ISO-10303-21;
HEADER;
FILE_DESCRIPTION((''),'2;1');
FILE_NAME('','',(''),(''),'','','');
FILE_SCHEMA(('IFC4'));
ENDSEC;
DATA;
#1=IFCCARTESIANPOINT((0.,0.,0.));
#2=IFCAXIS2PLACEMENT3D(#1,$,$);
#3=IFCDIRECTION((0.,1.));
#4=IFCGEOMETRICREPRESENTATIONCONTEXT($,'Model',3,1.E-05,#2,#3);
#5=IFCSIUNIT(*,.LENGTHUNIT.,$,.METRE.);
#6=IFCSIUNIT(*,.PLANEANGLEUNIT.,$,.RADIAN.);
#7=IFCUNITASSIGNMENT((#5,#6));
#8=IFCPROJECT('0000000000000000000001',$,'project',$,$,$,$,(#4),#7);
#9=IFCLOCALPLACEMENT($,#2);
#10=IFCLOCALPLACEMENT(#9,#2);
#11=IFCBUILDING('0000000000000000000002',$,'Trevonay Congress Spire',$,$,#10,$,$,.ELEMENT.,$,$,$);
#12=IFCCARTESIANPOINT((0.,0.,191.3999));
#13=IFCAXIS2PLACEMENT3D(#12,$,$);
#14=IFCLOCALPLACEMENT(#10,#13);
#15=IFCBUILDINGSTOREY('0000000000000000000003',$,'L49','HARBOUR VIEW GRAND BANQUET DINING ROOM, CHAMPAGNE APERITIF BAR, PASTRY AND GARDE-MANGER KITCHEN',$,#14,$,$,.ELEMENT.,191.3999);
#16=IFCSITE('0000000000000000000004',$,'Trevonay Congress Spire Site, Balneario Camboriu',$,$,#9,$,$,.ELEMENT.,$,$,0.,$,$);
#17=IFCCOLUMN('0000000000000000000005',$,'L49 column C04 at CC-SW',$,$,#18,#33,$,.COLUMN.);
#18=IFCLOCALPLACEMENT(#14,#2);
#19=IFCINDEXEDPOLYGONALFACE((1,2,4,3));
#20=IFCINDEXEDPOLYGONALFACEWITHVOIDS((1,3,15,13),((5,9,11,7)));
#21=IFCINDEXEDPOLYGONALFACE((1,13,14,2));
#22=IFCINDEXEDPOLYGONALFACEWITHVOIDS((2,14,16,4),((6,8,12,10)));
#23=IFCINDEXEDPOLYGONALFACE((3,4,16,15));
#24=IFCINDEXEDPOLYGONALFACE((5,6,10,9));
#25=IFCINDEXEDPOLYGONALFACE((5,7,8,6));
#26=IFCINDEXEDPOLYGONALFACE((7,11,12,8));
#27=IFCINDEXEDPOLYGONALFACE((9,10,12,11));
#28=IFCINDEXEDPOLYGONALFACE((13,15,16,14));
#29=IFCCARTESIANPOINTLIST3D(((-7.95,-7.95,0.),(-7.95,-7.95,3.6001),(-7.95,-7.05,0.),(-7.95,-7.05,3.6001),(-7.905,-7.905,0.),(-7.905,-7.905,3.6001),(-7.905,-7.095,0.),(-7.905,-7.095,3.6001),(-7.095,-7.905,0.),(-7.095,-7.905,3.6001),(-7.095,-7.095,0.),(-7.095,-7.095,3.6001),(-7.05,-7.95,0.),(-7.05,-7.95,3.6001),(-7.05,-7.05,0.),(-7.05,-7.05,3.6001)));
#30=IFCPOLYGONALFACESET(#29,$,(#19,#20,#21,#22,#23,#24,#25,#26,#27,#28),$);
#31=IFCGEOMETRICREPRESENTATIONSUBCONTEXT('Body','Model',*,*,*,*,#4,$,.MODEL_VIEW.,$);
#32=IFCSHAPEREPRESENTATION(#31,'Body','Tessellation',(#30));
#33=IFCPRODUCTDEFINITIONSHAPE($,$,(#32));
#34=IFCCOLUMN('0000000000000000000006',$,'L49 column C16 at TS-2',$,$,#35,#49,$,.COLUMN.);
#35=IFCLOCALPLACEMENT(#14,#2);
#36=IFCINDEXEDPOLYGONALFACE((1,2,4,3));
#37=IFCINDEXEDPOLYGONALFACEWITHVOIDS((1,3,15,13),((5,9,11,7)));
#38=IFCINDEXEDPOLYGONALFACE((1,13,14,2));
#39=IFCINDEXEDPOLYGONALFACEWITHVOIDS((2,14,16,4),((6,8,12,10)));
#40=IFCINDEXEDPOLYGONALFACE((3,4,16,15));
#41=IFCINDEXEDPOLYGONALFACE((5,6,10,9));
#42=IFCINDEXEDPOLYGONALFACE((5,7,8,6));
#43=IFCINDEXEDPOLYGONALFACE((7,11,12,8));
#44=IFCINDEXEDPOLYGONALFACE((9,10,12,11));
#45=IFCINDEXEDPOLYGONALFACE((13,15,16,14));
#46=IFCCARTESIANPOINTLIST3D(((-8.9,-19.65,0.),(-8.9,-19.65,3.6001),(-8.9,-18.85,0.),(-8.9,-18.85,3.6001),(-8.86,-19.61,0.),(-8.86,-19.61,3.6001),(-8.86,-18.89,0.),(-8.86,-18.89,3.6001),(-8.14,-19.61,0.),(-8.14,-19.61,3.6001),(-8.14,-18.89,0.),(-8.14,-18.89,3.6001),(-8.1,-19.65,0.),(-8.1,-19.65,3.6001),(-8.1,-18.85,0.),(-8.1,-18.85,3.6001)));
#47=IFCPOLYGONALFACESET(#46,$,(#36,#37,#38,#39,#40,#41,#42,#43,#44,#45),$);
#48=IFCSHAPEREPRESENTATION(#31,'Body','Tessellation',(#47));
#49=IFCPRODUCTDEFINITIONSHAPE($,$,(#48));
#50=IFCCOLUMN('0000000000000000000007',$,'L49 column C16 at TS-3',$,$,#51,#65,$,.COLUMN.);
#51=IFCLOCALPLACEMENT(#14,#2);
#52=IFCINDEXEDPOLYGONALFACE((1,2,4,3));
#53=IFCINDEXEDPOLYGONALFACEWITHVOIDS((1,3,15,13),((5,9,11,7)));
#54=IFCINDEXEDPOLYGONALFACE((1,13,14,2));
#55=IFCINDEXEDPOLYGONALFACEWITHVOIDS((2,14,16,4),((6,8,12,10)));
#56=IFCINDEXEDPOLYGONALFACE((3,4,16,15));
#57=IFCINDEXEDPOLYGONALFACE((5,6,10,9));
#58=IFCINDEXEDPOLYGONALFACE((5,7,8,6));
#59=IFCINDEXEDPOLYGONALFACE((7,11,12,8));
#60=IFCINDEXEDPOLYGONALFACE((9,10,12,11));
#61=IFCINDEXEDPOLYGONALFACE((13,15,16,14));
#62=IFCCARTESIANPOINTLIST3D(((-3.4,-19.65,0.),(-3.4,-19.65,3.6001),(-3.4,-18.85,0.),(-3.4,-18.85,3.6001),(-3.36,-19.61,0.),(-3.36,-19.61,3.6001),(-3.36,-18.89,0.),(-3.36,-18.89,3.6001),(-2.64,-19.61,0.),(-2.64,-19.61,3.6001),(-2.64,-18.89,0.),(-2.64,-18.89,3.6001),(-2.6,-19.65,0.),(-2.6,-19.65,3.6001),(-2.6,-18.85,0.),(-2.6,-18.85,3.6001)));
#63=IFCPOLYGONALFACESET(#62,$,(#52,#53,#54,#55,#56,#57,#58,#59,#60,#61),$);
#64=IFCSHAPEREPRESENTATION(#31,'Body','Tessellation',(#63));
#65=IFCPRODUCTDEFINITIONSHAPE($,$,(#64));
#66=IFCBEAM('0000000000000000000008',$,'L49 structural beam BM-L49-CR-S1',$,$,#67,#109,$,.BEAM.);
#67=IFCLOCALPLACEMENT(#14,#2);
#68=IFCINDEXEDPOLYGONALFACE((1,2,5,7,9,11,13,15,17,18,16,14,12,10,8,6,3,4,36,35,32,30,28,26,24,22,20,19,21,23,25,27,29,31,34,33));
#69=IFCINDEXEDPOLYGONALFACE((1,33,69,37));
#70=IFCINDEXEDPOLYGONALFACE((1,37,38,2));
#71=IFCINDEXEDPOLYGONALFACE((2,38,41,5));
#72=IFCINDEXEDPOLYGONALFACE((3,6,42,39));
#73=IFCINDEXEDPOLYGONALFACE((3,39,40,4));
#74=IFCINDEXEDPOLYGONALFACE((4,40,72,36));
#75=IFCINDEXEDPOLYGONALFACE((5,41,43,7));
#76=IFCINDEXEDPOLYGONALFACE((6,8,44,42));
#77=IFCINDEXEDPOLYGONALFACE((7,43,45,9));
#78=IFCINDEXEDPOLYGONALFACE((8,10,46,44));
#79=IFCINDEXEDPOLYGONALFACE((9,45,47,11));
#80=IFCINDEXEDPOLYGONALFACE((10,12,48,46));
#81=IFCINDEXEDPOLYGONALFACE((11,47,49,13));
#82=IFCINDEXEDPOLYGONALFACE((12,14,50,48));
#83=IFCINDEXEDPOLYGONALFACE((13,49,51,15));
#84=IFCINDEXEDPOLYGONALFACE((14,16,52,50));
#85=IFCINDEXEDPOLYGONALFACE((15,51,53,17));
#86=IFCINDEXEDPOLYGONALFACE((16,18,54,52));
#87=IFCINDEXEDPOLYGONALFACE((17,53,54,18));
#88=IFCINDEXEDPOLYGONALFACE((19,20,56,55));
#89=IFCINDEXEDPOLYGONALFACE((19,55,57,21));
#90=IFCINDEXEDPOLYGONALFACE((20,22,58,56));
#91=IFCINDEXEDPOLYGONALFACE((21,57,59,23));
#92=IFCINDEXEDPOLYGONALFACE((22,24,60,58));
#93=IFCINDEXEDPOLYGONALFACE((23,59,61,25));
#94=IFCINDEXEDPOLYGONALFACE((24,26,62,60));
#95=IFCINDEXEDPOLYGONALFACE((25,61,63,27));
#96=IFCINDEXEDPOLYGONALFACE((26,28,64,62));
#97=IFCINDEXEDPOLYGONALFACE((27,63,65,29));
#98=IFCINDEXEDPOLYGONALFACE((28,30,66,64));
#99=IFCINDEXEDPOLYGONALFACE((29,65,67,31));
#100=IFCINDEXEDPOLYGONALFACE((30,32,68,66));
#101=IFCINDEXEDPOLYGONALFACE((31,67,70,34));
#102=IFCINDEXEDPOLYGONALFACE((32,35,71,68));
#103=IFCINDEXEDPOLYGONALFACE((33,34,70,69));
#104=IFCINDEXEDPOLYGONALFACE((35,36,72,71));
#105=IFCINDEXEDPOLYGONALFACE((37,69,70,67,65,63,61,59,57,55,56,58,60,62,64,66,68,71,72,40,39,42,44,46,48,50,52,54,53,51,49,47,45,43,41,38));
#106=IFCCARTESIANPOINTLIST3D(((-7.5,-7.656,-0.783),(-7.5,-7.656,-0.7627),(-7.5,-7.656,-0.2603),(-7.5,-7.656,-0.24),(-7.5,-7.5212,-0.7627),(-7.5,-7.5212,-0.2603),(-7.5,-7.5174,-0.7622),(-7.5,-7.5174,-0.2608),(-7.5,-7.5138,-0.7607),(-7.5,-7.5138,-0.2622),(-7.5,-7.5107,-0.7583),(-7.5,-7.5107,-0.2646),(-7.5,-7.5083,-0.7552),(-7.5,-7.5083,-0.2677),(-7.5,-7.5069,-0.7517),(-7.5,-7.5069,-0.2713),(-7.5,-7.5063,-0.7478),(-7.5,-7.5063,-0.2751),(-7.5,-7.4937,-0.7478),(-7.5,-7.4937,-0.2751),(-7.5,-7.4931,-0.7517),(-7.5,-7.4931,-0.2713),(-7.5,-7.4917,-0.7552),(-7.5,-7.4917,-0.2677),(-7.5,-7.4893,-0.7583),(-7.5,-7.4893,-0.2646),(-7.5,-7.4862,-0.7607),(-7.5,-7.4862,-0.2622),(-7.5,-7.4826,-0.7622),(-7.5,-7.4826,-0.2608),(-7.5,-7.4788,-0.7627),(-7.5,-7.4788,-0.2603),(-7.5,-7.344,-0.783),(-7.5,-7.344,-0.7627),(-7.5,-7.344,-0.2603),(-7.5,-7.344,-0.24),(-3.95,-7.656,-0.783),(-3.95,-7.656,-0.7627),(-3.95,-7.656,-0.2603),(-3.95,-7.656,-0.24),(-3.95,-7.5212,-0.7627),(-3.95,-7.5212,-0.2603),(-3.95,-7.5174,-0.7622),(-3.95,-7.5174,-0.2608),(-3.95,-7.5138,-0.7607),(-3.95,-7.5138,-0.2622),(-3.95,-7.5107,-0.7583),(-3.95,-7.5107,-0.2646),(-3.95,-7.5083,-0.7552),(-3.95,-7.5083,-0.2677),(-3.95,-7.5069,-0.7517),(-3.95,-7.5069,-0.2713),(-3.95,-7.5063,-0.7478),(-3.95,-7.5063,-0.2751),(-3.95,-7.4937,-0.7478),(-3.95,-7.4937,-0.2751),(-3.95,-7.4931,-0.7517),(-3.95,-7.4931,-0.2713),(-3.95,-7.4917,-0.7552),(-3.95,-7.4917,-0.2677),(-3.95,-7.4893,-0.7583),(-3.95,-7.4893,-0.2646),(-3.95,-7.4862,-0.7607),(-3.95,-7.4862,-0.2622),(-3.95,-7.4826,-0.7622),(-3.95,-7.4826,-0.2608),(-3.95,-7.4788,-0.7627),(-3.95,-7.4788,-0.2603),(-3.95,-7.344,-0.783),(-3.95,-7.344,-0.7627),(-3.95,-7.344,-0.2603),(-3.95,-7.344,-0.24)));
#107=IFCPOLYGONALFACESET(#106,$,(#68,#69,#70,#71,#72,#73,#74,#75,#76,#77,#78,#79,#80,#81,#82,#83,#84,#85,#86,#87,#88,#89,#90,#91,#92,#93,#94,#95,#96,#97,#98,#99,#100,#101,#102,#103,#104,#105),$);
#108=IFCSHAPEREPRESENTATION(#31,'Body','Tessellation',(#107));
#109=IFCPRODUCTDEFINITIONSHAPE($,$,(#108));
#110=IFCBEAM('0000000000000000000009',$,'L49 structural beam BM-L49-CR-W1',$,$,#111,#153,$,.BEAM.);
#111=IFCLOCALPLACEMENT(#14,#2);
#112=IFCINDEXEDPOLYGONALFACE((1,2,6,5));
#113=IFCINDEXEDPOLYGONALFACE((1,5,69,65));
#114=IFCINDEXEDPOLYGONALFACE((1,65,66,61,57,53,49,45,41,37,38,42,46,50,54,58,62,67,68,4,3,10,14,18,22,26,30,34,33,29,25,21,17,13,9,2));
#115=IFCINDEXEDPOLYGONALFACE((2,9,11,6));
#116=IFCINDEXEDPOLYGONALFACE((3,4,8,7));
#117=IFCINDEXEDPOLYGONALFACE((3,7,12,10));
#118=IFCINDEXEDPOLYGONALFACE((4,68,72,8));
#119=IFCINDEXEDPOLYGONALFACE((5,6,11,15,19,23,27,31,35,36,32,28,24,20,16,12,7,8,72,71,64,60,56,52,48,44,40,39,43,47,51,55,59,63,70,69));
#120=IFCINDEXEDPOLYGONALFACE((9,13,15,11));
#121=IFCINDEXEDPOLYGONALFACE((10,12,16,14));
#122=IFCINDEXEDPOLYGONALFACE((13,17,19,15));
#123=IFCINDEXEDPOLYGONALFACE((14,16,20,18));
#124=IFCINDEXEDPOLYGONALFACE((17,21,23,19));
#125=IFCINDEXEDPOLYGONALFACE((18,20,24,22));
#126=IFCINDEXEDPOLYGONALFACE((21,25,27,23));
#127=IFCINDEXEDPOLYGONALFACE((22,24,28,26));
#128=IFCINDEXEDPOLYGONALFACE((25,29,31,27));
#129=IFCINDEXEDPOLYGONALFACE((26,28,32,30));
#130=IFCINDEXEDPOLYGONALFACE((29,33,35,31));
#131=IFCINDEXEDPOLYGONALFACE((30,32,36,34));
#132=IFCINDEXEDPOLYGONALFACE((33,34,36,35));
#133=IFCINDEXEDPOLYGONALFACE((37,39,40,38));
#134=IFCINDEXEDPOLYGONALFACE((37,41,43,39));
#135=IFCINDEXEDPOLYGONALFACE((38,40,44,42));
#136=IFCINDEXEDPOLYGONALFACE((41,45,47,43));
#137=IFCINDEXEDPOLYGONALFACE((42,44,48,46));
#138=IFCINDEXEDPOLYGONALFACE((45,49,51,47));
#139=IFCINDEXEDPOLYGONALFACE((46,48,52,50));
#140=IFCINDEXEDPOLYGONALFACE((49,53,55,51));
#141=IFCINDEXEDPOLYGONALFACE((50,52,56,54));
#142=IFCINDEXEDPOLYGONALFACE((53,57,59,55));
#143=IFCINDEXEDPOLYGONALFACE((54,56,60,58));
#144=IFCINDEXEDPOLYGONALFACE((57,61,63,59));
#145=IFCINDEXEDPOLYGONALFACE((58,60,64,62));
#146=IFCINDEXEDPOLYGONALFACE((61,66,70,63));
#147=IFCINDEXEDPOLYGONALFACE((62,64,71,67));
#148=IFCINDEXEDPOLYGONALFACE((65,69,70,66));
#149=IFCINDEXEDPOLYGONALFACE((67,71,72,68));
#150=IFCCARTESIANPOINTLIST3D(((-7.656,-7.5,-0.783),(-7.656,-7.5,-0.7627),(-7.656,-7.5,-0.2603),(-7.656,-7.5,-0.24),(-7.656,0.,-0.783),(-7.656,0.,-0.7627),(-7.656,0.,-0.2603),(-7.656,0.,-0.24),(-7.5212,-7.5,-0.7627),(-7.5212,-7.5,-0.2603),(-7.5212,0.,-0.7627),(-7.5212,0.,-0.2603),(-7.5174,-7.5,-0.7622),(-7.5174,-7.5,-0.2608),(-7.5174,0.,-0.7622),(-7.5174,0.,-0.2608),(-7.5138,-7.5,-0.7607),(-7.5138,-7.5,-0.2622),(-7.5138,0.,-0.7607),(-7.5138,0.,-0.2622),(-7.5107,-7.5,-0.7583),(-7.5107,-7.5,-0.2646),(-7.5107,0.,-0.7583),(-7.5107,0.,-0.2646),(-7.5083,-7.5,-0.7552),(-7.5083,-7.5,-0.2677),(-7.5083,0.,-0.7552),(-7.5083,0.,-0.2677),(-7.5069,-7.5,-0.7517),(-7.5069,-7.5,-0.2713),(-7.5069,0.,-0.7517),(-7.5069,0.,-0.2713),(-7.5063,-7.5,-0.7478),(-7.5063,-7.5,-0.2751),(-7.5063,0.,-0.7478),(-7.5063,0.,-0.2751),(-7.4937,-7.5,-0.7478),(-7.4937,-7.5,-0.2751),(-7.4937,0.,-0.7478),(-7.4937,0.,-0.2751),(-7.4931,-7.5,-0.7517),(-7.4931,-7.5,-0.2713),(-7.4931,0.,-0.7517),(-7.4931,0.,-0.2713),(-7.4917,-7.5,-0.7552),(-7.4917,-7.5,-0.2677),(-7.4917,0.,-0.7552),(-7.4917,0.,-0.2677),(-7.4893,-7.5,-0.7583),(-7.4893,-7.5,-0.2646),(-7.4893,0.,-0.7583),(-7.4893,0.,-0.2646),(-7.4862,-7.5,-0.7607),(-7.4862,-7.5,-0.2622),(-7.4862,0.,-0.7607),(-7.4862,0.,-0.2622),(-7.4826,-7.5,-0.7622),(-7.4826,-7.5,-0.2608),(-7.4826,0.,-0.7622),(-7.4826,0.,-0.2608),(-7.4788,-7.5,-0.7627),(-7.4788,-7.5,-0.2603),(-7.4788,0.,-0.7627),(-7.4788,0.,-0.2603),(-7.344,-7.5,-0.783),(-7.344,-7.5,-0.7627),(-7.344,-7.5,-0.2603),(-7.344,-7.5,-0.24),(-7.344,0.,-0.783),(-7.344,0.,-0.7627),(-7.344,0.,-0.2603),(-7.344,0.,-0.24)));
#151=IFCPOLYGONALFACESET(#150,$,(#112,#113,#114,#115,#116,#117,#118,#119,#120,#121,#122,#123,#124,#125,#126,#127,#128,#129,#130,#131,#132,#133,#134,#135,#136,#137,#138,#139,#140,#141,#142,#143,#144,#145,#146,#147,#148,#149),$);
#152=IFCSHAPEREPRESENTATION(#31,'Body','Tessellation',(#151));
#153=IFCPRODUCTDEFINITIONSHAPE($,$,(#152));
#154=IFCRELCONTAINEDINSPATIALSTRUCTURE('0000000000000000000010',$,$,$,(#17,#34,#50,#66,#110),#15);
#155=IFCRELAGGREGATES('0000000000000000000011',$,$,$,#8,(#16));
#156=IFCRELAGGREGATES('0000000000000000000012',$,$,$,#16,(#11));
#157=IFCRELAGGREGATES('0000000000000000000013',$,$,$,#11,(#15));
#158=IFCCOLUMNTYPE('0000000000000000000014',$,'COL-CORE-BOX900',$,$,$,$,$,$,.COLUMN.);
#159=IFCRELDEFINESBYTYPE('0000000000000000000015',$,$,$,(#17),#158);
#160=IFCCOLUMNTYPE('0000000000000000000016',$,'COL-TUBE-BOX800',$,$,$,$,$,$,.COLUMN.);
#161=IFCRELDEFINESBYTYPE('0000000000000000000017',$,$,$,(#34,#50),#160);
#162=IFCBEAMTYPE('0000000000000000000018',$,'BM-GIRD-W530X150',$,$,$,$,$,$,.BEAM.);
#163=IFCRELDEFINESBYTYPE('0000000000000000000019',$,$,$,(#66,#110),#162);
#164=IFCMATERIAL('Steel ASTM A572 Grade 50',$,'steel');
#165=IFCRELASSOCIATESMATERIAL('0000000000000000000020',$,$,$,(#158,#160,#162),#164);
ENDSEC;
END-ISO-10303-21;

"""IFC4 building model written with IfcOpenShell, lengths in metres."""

from ifc_helpers import new_model, si_unit, direction, frame, origin, origin_2d, place, context, subcontext, project, spatial, hollow_rectangle, i_section, extrude, material, material_profile, profile_set, type_object, element, save


model = new_model("IFC4")

# Units and contexts
model_context = context("Model", 3, precision=1e-05, world=origin(), true_north=direction((0.0, 1.0)))
body_context = subcontext(model_context, "Body", "Model", "MODEL_VIEW")
ifc_project = project(units=[si_unit("LENGTHUNIT", "METRE"), si_unit("PLANEANGLEUNIT", "RADIAN")], contexts=[model_context])

# Site, building, storey
site_placement = place(None, origin())
site = spatial("IfcSite", under=ifc_project, at=site_placement, Name="Trevonay Congress Spire Site, Balneario Camboriu", CompositionType="ELEMENT", RefElevation=0.0)
building_placement = place(site_placement, origin())
building = spatial("IfcBuilding", under=site, at=building_placement, Name="Trevonay Congress Spire", CompositionType="ELEMENT")
storey_placement = place(building_placement, frame((0.0, 0.0, 191.3999)))
storey = spatial("IfcBuildingStorey", under=building, at=storey_placement, Name="L49", Description="HARBOUR VIEW GRAND BANQUET DINING ROOM, CHAMPAGNE APERITIF BAR, PASTRY AND GARDE-MANGER KITCHEN", CompositionType="ELEMENT", Elevation=191.3999)

# Columns
ifc_material_1 = material(Name="Steel ASTM A572 Grade 50", Category="steel")
ifc_material_profile_1 = material_profile(ifc_material_1, hollow_rectangle(XDim=0.8999, YDim=0.8999, WallThickness=0.0449, at=origin_2d()), Name="BOX 900x900x45")
ifc_profile_set_1 = profile_set([ifc_material_profile_1], Name="Steel ASTM A572 Grade 50")
column_type_1 = type_object("IfcColumnType", Name="COL-CORE-BOX900", PredefinedType="COLUMN", material=ifc_profile_set_1)
column_placement = place(storey_placement, frame((-7.5, -7.5, 0.0), z_axis=(0.0, 0.0, 1.0), x_axis=(1.0, 0.0, 0.0)))
element("IfcColumn", 1, at=column_placement, inside=storey, type_object=column_type_1, Name="L49 column C04 at CC-SW", PredefinedType="COLUMN", context=body_context, shape_type="SweptSolid", body=[
    extrude(hollow_rectangle(XDim=0.8999, YDim=0.8999, WallThickness=0.0449, at=origin_2d()), origin(), (0.0, 0.0, 1.0), 3.6001),
])
ifc_material_profile_2 = material_profile(ifc_material_1, hollow_rectangle(XDim=0.8, YDim=0.8, WallThickness=0.04, at=origin_2d()), Name="BOX 800x800x40")
ifc_profile_set_2 = profile_set([ifc_material_profile_2], Name="Steel ASTM A572 Grade 50")
column_type_2 = type_object("IfcColumnType", Name="COL-TUBE-BOX800", PredefinedType="COLUMN", material=ifc_profile_set_2)
for number, where, z_axis, x_axis, name in (
    (2, (-8.5, -19.25, 0.0), (0.0, 0.0, 1.0), (1.0, 0.0, 0.0), "L49 column C16 at TS-2"),
    (3, (-3.0, -19.25, 0.0), (0.0, 0.0, 1.0), (1.0, 0.0, 0.0), "L49 column C16 at TS-3"),
):
    element("IfcColumn", number, at=place(storey_placement, frame(where, z_axis=z_axis, x_axis=x_axis)), inside=storey, type_object=column_type_2, Name=name, PredefinedType="COLUMN", context=body_context, shape_type="SweptSolid", body=[
        extrude(hollow_rectangle(XDim=0.8, YDim=0.8, WallThickness=0.04, at=origin_2d()), origin(), (0.0, 0.0, 1.0), 3.6001),
    ])

# Beams
ifc_material_profile_3 = material_profile(ifc_material_1, i_section(OverallWidth=0.312, OverallDepth=0.543, WebThickness=0.0127, FlangeThickness=0.0203, FilletRadius=0.0149, at=origin_2d()), Name="W530x150")
ifc_profile_set_3 = profile_set([ifc_material_profile_3], Name="Steel ASTM A572 Grade 50")
beam_type_1 = type_object("IfcBeamType", Name="BM-GIRD-W530X150", PredefinedType="BEAM", material=ifc_profile_set_3)
beam_1_placement = place(storey_placement, frame((-7.5, -7.5, -0.5115), z_axis=(1.0, 0.0, 0.0), x_axis=(0.0, 1.0, 0.0)))
element("IfcBeam", 4, at=beam_1_placement, inside=storey, type_object=beam_type_1, Name="L49 structural beam BM-L49-CR-S1", PredefinedType="BEAM", context=body_context, shape_type="SweptSolid", body=[
    extrude(i_section(OverallWidth=0.312, OverallDepth=0.543, WebThickness=0.0127, FlangeThickness=0.0203, FilletRadius=0.0149, at=origin_2d()), origin(), (0.0, 0.0, 1.0), 3.55),
])
beam_2_placement = place(storey_placement, frame((-7.5, -7.5, -0.5115), z_axis=(0.0, 1.0, 0.0), x_axis=(-1.0, 0.0, 0.0)))
element("IfcBeam", 5, at=beam_2_placement, inside=storey, type_object=beam_type_1, Name="L49 structural beam BM-L49-CR-W1", PredefinedType="BEAM", context=body_context, shape_type="SweptSolid", body=[
    extrude(i_section(OverallWidth=0.312, OverallDepth=0.543, WebThickness=0.0127, FlangeThickness=0.0203, FilletRadius=0.0149, at=origin_2d()), origin(), (0.0, 0.0, 1.0), 7.5),
])

save(model, "model.ifc")
